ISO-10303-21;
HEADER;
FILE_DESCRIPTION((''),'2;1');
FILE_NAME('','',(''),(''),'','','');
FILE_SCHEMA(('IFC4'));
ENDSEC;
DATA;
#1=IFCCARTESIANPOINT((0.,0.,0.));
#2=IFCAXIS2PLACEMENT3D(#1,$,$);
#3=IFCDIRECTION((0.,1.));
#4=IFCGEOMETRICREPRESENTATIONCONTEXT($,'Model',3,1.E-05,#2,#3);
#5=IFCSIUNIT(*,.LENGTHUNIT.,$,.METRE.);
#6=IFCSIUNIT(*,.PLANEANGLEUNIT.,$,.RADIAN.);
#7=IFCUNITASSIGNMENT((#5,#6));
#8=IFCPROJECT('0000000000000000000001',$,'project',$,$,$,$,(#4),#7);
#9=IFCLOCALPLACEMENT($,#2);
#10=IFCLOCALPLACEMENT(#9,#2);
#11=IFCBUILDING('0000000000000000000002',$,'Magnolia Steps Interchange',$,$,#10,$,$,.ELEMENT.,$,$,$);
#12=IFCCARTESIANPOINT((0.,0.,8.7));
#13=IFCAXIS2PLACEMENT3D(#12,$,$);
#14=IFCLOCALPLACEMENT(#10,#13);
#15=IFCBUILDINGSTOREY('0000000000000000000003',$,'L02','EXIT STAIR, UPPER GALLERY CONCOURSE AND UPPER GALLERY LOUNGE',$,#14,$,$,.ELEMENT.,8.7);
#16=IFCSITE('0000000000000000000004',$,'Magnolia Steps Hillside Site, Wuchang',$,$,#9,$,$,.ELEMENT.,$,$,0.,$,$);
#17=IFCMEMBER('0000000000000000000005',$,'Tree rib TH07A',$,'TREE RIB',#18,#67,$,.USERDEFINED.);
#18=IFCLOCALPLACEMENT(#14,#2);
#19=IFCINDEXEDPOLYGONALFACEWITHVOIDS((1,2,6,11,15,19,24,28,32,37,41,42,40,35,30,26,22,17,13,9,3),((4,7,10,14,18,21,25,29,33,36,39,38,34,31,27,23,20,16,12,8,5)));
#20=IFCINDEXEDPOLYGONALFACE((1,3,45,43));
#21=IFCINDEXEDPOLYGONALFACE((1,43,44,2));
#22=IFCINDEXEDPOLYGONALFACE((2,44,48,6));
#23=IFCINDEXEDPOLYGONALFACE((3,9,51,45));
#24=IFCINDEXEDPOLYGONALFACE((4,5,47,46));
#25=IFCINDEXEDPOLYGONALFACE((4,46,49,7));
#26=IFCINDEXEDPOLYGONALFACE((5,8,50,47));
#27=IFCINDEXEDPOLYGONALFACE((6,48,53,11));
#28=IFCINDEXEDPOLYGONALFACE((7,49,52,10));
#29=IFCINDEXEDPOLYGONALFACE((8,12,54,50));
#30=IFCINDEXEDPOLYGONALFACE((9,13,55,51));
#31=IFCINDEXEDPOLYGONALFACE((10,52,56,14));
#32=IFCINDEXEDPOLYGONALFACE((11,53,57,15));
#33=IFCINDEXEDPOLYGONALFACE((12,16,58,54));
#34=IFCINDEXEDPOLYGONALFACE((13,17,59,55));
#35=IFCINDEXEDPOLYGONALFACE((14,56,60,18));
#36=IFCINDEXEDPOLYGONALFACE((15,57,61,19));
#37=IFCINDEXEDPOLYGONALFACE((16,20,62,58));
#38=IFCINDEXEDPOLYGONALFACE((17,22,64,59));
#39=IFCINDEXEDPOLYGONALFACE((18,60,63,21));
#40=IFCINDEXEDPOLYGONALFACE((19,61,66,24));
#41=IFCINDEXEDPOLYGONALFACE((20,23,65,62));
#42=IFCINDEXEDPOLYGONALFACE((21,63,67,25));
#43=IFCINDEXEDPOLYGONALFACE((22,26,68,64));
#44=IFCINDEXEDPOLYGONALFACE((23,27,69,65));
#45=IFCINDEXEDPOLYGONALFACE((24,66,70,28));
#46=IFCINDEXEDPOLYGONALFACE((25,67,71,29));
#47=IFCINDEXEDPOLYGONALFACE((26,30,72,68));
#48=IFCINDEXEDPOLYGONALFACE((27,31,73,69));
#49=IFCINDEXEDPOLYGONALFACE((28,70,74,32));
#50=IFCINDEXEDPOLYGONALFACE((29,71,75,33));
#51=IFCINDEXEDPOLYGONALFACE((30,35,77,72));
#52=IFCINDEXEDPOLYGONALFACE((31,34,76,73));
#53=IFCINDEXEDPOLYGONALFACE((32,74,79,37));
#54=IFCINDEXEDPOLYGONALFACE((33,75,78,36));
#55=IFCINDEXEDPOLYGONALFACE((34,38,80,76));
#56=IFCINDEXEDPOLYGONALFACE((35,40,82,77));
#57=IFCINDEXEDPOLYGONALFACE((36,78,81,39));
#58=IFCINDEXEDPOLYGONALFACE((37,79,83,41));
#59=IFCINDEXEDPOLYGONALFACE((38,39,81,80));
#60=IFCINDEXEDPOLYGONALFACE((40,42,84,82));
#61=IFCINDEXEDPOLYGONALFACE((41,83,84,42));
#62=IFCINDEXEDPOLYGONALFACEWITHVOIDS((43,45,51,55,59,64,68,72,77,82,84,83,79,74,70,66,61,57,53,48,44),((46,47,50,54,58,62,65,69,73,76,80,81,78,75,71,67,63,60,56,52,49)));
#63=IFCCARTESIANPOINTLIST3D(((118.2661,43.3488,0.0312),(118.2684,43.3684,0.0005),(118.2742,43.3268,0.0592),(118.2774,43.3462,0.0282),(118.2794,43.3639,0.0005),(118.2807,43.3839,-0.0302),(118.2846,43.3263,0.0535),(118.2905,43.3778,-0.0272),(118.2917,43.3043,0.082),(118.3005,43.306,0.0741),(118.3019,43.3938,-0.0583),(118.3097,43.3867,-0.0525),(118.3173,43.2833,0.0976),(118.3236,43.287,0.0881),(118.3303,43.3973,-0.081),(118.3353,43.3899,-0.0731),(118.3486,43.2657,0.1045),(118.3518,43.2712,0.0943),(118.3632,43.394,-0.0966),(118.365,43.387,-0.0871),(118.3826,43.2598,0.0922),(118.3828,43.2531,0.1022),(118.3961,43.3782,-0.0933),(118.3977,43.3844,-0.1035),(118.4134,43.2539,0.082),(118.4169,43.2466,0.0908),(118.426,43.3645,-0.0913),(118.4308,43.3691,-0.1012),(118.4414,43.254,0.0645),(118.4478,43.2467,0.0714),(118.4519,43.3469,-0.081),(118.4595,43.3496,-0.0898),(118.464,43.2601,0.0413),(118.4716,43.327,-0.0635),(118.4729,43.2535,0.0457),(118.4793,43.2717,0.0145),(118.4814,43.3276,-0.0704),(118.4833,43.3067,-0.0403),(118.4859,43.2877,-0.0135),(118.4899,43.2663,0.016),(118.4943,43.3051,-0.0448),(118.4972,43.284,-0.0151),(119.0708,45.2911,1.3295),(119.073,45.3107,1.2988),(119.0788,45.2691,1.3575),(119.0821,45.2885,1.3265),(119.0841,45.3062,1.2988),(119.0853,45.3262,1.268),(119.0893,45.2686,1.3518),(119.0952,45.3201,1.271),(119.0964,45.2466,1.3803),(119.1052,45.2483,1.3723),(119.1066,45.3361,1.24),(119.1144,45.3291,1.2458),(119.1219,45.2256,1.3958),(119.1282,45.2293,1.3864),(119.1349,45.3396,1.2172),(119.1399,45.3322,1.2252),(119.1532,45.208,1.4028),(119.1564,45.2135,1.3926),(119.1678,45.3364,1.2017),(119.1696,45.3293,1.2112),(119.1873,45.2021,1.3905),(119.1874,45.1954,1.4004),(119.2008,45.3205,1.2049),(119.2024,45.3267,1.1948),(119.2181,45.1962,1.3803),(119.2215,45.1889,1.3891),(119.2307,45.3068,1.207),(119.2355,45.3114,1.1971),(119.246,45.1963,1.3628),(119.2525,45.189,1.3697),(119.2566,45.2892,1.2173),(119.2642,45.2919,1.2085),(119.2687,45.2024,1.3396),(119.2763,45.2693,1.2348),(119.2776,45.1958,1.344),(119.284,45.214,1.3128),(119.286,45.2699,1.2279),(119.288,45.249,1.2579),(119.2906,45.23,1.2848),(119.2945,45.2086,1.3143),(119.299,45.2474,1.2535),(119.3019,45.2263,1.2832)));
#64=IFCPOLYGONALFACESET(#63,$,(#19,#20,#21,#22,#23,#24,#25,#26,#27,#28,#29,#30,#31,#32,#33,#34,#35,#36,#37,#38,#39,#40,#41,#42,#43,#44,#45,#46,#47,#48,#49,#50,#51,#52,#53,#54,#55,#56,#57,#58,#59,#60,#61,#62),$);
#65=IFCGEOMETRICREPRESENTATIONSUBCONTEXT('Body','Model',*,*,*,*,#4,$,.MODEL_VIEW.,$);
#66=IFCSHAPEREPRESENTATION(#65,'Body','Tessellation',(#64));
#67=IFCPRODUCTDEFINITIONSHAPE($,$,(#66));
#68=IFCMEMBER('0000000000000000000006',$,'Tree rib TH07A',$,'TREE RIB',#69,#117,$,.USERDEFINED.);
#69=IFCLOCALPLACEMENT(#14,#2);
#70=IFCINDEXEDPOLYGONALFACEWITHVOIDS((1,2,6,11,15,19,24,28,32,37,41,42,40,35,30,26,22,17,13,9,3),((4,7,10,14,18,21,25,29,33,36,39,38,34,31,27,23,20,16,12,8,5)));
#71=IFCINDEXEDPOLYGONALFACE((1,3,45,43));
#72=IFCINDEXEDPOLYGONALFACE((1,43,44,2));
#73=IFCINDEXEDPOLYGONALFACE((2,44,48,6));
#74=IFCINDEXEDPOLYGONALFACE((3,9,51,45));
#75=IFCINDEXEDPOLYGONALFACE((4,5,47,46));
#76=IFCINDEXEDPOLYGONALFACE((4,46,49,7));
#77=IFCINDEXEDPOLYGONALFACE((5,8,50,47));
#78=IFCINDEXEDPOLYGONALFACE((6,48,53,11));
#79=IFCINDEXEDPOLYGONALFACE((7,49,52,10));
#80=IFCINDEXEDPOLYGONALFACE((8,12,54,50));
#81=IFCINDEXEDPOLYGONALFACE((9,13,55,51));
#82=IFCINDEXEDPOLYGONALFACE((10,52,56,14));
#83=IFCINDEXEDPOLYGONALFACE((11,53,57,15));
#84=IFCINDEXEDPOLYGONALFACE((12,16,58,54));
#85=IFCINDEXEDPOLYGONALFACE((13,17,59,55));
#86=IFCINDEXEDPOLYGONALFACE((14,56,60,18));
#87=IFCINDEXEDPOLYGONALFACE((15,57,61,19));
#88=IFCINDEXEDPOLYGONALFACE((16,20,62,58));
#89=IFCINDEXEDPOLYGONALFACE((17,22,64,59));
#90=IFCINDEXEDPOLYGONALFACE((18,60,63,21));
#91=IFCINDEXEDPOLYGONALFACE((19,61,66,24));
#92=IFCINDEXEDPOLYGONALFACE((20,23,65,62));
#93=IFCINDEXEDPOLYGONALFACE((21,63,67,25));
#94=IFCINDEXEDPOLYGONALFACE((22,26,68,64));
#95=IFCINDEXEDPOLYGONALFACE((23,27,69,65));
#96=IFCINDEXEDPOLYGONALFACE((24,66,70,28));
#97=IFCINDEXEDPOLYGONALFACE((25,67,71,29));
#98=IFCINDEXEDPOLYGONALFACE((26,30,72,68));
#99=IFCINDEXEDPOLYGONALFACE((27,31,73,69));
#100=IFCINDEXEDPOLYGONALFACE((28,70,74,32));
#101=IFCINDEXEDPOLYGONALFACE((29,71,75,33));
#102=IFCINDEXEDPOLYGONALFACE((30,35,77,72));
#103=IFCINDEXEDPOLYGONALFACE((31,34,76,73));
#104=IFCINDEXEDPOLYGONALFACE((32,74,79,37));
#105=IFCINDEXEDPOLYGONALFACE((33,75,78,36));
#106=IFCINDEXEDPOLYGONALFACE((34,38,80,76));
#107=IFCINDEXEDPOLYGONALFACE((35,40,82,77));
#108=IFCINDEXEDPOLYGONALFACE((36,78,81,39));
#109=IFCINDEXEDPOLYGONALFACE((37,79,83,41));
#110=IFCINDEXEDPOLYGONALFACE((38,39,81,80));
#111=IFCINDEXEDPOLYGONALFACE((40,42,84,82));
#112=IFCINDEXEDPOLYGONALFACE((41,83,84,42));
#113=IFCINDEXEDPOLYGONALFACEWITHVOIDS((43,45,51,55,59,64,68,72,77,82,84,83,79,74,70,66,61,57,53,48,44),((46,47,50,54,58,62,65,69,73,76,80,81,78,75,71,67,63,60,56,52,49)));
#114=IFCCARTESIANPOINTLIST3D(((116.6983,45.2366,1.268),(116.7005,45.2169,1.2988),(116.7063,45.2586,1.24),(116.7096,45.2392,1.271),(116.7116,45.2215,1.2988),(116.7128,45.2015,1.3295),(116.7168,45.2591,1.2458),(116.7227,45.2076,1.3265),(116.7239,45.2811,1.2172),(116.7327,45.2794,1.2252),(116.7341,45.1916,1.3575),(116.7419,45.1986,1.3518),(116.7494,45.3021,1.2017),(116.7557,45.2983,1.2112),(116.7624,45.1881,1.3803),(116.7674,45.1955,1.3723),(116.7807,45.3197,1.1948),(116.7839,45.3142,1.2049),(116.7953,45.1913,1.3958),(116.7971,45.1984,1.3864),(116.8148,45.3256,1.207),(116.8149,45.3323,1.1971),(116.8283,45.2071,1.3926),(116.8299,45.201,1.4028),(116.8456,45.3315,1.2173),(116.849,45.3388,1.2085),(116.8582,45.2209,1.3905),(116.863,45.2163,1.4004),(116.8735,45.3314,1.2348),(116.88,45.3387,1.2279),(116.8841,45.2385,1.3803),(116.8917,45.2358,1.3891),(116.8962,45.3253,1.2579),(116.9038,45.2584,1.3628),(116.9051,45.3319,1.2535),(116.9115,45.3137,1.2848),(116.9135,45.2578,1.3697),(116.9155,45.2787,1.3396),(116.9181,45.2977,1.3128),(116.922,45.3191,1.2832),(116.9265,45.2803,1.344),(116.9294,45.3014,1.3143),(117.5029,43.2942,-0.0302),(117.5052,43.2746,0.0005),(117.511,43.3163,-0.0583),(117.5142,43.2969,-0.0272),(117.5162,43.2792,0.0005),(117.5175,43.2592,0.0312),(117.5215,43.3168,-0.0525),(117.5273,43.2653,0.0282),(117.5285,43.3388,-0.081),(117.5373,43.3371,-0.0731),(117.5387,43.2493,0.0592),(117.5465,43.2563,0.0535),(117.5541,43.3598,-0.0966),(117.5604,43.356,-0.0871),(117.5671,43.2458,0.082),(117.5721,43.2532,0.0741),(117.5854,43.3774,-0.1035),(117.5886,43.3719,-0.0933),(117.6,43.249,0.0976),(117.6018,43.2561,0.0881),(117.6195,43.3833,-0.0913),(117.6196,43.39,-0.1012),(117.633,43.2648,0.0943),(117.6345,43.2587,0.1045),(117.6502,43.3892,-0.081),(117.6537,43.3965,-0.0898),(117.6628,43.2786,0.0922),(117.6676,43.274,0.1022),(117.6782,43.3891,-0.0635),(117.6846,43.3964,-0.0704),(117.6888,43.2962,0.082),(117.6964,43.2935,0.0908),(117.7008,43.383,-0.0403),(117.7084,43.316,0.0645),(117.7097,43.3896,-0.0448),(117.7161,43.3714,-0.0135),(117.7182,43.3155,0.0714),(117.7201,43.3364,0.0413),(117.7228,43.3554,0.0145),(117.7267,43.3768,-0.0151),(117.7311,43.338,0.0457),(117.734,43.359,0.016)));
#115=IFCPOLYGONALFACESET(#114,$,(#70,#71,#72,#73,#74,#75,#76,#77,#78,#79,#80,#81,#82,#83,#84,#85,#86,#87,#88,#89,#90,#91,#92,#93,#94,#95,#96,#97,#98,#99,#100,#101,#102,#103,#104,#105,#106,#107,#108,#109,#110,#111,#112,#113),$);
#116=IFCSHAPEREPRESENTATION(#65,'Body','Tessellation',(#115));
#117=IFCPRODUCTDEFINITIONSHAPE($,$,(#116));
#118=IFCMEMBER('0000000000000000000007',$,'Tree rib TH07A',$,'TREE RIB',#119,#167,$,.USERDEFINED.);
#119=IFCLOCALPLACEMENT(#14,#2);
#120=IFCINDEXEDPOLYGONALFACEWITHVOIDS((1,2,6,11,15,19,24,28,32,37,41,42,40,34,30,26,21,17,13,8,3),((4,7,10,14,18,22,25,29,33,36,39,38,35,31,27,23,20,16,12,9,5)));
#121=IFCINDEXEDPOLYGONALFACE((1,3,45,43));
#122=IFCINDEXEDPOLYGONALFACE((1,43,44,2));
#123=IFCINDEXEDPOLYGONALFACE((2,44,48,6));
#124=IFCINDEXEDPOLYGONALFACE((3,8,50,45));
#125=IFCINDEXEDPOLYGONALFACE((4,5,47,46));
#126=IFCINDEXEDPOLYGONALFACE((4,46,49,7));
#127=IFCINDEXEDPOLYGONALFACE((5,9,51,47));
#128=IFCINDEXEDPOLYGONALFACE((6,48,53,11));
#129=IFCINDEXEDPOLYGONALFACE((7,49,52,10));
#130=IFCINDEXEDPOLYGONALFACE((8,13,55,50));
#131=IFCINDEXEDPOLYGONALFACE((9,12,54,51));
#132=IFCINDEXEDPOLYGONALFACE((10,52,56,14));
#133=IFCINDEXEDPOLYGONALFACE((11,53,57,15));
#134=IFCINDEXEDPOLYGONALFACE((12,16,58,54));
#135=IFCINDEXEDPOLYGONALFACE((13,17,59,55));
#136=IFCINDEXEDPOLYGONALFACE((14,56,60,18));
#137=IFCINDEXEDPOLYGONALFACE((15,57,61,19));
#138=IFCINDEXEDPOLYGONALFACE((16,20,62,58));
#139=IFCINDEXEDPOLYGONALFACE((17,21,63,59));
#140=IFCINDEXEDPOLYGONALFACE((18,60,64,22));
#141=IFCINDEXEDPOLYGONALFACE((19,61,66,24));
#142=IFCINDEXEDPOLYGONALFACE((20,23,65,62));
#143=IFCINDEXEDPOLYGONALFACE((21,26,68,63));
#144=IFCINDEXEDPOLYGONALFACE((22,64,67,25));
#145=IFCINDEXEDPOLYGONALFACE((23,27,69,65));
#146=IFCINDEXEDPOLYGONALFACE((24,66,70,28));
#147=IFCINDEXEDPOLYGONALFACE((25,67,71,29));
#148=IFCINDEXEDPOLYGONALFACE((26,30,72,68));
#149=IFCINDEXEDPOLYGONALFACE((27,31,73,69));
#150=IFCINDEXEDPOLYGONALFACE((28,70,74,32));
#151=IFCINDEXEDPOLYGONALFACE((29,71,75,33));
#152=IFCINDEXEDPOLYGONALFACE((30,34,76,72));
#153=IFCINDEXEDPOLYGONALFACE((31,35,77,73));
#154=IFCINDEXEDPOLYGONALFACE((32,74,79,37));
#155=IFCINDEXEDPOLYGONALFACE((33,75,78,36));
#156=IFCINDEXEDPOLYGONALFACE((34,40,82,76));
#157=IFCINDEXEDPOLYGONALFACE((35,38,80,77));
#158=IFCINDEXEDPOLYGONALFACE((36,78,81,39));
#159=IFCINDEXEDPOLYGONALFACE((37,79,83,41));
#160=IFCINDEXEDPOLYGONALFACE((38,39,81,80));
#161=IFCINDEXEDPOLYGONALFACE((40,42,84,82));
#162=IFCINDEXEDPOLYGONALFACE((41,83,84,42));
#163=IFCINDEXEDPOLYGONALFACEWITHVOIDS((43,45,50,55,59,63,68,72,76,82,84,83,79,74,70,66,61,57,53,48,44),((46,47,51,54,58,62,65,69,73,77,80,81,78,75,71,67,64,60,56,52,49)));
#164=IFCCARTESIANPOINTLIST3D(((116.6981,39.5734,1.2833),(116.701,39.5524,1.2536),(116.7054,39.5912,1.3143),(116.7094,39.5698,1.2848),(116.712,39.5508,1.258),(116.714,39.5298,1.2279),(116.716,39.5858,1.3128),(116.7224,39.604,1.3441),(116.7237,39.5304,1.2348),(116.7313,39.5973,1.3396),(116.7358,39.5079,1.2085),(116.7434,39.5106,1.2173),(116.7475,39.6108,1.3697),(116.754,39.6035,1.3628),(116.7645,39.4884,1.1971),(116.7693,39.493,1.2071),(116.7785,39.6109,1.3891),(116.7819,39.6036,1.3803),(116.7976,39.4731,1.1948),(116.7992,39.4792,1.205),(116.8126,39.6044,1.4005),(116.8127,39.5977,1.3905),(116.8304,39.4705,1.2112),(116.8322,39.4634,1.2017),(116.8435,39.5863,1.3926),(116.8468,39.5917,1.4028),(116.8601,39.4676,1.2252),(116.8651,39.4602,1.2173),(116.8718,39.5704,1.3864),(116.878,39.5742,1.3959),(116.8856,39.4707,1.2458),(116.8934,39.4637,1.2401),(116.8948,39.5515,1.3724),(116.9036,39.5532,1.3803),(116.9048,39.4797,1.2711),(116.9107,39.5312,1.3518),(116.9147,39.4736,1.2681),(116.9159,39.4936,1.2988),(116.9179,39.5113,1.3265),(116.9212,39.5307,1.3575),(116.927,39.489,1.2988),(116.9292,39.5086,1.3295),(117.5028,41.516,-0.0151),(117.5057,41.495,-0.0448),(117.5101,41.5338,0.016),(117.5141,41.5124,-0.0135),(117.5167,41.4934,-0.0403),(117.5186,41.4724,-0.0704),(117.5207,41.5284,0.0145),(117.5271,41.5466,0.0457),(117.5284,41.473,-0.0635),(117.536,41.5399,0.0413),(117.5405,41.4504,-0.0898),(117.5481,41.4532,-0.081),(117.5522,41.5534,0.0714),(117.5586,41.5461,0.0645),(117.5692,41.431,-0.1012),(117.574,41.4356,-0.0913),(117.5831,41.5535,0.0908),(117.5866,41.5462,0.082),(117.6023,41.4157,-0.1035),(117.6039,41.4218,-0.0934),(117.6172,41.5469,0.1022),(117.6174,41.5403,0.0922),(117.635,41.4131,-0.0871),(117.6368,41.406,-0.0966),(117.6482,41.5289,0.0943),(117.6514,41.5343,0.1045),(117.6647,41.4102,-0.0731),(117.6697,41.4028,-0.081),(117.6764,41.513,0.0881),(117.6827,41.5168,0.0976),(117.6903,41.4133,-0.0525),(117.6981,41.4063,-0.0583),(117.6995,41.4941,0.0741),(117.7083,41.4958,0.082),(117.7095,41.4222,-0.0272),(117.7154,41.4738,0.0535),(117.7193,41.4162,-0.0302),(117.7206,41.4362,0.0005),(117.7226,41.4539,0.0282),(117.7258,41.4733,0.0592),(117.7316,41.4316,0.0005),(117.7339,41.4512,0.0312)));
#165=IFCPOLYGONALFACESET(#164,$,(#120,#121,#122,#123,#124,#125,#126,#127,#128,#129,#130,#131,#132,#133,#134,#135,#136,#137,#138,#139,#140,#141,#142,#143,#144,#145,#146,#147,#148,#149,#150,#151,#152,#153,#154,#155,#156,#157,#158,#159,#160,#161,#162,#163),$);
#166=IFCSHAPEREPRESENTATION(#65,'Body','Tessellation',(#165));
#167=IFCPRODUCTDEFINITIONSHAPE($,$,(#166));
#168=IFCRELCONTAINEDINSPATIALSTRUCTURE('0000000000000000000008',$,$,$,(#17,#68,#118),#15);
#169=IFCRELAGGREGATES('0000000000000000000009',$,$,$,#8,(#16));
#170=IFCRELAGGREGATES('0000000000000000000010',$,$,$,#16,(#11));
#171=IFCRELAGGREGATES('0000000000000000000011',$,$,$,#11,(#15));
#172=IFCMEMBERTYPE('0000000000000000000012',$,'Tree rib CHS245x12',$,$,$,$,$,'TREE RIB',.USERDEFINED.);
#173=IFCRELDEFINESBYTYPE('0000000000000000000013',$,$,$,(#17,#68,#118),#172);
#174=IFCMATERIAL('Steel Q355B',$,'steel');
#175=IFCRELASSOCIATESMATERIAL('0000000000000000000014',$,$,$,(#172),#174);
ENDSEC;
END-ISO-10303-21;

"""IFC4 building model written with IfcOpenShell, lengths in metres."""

from ifc_helpers import new_model, si_unit, direction, frame, origin, origin_2d, place, context, subcontext, project, spatial, hollow_circle, extrude, material, material_profile, profile_set, type_object, element, save


model = new_model("IFC4")

# Units and contexts
model_context = context("Model", 3, precision=1e-05, world=origin(), true_north=direction((0.0, 1.0)))
body_context = subcontext(model_context, "Body", "Model", "MODEL_VIEW")
ifc_project = project(units=[si_unit("LENGTHUNIT", "METRE"), si_unit("PLANEANGLEUNIT", "RADIAN")], contexts=[model_context])

# Site, building, storey
site_placement = place(None, origin())
site = spatial("IfcSite", under=ifc_project, at=site_placement, Name="Magnolia Steps Hillside Site, Wuchang", CompositionType="ELEMENT", RefElevation=0.0)
building_placement = place(site_placement, origin())
building = spatial("IfcBuilding", under=site, at=building_placement, Name="Magnolia Steps Interchange", CompositionType="ELEMENT")
storey_placement = place(building_placement, frame((0.0, 0.0, 8.7)))
storey = spatial("IfcBuildingStorey", under=building, at=storey_placement, Name="L02", Description="EXIT STAIR, UPPER GALLERY CONCOURSE AND UPPER GALLERY LOUNGE", CompositionType="ELEMENT", Elevation=8.7)

# Members
ifc_material_1 = material(Name="Steel Q355B", Category="steel")
ifc_material_profile_1 = material_profile(ifc_material_1, hollow_circle(Radius=0.1226, WallThickness=0.012, at=origin_2d()), Name="CHS245x12")
ifc_profile_set_1 = profile_set([ifc_material_profile_1], Name="Steel Q355B")
member_type_1 = type_object("IfcMemberType", Name="Tree rib CHS245x12", ElementType="TREE RIB", PredefinedType="USERDEFINED", material=ifc_profile_set_1)
for number, where, z_axis, x_axis, name in (
    (1, (118.3816, 43.3215, 0.0005), (0.325647, 0.786058, 0.525422), (-0.923858, 0.382735, 0.0), "Tree rib TH07A"),
    (2, (117.6184, 43.3215, 0.0005), (-0.325647, 0.786058, 0.525422), (-0.923858, -0.382735, 0.0), "Tree rib TH07A"),
):
    element("IfcMember", number, at=place(storey_placement, frame(where, z_axis=z_axis, x_axis=x_axis)), inside=storey, type_object=member_type_1, Name=name, ObjectType="TREE RIB", PredefinedType="USERDEFINED", context=body_context, shape_type="SweptSolid", body=[
        extrude(hollow_circle(Radius=0.1226, WallThickness=0.012, at=origin_2d()), origin(), (0.0, 0.0, 1.0), 2.4709),
    ])
for number, where, z_axis, x_axis, name in (
    (3, (117.6184, 41.4785, 0.0005), (-0.325621, -0.786095, 0.525381), (0.923875, -0.382694, 0.0), "Tree rib TH07A"),
):
    element("IfcMember", number, at=place(storey_placement, frame(where, z_axis=z_axis, x_axis=x_axis)), inside=storey, type_object=member_type_1, Name=name, ObjectType="TREE RIB", PredefinedType="USERDEFINED", context=body_context, shape_type="SweptSolid", body=[
        extrude(hollow_circle(Radius=0.1226, WallThickness=0.012, at=origin_2d()), origin(), (0.0, 0.0, 1.0), 2.4712),
    ])

save(model, "model.ifc")
